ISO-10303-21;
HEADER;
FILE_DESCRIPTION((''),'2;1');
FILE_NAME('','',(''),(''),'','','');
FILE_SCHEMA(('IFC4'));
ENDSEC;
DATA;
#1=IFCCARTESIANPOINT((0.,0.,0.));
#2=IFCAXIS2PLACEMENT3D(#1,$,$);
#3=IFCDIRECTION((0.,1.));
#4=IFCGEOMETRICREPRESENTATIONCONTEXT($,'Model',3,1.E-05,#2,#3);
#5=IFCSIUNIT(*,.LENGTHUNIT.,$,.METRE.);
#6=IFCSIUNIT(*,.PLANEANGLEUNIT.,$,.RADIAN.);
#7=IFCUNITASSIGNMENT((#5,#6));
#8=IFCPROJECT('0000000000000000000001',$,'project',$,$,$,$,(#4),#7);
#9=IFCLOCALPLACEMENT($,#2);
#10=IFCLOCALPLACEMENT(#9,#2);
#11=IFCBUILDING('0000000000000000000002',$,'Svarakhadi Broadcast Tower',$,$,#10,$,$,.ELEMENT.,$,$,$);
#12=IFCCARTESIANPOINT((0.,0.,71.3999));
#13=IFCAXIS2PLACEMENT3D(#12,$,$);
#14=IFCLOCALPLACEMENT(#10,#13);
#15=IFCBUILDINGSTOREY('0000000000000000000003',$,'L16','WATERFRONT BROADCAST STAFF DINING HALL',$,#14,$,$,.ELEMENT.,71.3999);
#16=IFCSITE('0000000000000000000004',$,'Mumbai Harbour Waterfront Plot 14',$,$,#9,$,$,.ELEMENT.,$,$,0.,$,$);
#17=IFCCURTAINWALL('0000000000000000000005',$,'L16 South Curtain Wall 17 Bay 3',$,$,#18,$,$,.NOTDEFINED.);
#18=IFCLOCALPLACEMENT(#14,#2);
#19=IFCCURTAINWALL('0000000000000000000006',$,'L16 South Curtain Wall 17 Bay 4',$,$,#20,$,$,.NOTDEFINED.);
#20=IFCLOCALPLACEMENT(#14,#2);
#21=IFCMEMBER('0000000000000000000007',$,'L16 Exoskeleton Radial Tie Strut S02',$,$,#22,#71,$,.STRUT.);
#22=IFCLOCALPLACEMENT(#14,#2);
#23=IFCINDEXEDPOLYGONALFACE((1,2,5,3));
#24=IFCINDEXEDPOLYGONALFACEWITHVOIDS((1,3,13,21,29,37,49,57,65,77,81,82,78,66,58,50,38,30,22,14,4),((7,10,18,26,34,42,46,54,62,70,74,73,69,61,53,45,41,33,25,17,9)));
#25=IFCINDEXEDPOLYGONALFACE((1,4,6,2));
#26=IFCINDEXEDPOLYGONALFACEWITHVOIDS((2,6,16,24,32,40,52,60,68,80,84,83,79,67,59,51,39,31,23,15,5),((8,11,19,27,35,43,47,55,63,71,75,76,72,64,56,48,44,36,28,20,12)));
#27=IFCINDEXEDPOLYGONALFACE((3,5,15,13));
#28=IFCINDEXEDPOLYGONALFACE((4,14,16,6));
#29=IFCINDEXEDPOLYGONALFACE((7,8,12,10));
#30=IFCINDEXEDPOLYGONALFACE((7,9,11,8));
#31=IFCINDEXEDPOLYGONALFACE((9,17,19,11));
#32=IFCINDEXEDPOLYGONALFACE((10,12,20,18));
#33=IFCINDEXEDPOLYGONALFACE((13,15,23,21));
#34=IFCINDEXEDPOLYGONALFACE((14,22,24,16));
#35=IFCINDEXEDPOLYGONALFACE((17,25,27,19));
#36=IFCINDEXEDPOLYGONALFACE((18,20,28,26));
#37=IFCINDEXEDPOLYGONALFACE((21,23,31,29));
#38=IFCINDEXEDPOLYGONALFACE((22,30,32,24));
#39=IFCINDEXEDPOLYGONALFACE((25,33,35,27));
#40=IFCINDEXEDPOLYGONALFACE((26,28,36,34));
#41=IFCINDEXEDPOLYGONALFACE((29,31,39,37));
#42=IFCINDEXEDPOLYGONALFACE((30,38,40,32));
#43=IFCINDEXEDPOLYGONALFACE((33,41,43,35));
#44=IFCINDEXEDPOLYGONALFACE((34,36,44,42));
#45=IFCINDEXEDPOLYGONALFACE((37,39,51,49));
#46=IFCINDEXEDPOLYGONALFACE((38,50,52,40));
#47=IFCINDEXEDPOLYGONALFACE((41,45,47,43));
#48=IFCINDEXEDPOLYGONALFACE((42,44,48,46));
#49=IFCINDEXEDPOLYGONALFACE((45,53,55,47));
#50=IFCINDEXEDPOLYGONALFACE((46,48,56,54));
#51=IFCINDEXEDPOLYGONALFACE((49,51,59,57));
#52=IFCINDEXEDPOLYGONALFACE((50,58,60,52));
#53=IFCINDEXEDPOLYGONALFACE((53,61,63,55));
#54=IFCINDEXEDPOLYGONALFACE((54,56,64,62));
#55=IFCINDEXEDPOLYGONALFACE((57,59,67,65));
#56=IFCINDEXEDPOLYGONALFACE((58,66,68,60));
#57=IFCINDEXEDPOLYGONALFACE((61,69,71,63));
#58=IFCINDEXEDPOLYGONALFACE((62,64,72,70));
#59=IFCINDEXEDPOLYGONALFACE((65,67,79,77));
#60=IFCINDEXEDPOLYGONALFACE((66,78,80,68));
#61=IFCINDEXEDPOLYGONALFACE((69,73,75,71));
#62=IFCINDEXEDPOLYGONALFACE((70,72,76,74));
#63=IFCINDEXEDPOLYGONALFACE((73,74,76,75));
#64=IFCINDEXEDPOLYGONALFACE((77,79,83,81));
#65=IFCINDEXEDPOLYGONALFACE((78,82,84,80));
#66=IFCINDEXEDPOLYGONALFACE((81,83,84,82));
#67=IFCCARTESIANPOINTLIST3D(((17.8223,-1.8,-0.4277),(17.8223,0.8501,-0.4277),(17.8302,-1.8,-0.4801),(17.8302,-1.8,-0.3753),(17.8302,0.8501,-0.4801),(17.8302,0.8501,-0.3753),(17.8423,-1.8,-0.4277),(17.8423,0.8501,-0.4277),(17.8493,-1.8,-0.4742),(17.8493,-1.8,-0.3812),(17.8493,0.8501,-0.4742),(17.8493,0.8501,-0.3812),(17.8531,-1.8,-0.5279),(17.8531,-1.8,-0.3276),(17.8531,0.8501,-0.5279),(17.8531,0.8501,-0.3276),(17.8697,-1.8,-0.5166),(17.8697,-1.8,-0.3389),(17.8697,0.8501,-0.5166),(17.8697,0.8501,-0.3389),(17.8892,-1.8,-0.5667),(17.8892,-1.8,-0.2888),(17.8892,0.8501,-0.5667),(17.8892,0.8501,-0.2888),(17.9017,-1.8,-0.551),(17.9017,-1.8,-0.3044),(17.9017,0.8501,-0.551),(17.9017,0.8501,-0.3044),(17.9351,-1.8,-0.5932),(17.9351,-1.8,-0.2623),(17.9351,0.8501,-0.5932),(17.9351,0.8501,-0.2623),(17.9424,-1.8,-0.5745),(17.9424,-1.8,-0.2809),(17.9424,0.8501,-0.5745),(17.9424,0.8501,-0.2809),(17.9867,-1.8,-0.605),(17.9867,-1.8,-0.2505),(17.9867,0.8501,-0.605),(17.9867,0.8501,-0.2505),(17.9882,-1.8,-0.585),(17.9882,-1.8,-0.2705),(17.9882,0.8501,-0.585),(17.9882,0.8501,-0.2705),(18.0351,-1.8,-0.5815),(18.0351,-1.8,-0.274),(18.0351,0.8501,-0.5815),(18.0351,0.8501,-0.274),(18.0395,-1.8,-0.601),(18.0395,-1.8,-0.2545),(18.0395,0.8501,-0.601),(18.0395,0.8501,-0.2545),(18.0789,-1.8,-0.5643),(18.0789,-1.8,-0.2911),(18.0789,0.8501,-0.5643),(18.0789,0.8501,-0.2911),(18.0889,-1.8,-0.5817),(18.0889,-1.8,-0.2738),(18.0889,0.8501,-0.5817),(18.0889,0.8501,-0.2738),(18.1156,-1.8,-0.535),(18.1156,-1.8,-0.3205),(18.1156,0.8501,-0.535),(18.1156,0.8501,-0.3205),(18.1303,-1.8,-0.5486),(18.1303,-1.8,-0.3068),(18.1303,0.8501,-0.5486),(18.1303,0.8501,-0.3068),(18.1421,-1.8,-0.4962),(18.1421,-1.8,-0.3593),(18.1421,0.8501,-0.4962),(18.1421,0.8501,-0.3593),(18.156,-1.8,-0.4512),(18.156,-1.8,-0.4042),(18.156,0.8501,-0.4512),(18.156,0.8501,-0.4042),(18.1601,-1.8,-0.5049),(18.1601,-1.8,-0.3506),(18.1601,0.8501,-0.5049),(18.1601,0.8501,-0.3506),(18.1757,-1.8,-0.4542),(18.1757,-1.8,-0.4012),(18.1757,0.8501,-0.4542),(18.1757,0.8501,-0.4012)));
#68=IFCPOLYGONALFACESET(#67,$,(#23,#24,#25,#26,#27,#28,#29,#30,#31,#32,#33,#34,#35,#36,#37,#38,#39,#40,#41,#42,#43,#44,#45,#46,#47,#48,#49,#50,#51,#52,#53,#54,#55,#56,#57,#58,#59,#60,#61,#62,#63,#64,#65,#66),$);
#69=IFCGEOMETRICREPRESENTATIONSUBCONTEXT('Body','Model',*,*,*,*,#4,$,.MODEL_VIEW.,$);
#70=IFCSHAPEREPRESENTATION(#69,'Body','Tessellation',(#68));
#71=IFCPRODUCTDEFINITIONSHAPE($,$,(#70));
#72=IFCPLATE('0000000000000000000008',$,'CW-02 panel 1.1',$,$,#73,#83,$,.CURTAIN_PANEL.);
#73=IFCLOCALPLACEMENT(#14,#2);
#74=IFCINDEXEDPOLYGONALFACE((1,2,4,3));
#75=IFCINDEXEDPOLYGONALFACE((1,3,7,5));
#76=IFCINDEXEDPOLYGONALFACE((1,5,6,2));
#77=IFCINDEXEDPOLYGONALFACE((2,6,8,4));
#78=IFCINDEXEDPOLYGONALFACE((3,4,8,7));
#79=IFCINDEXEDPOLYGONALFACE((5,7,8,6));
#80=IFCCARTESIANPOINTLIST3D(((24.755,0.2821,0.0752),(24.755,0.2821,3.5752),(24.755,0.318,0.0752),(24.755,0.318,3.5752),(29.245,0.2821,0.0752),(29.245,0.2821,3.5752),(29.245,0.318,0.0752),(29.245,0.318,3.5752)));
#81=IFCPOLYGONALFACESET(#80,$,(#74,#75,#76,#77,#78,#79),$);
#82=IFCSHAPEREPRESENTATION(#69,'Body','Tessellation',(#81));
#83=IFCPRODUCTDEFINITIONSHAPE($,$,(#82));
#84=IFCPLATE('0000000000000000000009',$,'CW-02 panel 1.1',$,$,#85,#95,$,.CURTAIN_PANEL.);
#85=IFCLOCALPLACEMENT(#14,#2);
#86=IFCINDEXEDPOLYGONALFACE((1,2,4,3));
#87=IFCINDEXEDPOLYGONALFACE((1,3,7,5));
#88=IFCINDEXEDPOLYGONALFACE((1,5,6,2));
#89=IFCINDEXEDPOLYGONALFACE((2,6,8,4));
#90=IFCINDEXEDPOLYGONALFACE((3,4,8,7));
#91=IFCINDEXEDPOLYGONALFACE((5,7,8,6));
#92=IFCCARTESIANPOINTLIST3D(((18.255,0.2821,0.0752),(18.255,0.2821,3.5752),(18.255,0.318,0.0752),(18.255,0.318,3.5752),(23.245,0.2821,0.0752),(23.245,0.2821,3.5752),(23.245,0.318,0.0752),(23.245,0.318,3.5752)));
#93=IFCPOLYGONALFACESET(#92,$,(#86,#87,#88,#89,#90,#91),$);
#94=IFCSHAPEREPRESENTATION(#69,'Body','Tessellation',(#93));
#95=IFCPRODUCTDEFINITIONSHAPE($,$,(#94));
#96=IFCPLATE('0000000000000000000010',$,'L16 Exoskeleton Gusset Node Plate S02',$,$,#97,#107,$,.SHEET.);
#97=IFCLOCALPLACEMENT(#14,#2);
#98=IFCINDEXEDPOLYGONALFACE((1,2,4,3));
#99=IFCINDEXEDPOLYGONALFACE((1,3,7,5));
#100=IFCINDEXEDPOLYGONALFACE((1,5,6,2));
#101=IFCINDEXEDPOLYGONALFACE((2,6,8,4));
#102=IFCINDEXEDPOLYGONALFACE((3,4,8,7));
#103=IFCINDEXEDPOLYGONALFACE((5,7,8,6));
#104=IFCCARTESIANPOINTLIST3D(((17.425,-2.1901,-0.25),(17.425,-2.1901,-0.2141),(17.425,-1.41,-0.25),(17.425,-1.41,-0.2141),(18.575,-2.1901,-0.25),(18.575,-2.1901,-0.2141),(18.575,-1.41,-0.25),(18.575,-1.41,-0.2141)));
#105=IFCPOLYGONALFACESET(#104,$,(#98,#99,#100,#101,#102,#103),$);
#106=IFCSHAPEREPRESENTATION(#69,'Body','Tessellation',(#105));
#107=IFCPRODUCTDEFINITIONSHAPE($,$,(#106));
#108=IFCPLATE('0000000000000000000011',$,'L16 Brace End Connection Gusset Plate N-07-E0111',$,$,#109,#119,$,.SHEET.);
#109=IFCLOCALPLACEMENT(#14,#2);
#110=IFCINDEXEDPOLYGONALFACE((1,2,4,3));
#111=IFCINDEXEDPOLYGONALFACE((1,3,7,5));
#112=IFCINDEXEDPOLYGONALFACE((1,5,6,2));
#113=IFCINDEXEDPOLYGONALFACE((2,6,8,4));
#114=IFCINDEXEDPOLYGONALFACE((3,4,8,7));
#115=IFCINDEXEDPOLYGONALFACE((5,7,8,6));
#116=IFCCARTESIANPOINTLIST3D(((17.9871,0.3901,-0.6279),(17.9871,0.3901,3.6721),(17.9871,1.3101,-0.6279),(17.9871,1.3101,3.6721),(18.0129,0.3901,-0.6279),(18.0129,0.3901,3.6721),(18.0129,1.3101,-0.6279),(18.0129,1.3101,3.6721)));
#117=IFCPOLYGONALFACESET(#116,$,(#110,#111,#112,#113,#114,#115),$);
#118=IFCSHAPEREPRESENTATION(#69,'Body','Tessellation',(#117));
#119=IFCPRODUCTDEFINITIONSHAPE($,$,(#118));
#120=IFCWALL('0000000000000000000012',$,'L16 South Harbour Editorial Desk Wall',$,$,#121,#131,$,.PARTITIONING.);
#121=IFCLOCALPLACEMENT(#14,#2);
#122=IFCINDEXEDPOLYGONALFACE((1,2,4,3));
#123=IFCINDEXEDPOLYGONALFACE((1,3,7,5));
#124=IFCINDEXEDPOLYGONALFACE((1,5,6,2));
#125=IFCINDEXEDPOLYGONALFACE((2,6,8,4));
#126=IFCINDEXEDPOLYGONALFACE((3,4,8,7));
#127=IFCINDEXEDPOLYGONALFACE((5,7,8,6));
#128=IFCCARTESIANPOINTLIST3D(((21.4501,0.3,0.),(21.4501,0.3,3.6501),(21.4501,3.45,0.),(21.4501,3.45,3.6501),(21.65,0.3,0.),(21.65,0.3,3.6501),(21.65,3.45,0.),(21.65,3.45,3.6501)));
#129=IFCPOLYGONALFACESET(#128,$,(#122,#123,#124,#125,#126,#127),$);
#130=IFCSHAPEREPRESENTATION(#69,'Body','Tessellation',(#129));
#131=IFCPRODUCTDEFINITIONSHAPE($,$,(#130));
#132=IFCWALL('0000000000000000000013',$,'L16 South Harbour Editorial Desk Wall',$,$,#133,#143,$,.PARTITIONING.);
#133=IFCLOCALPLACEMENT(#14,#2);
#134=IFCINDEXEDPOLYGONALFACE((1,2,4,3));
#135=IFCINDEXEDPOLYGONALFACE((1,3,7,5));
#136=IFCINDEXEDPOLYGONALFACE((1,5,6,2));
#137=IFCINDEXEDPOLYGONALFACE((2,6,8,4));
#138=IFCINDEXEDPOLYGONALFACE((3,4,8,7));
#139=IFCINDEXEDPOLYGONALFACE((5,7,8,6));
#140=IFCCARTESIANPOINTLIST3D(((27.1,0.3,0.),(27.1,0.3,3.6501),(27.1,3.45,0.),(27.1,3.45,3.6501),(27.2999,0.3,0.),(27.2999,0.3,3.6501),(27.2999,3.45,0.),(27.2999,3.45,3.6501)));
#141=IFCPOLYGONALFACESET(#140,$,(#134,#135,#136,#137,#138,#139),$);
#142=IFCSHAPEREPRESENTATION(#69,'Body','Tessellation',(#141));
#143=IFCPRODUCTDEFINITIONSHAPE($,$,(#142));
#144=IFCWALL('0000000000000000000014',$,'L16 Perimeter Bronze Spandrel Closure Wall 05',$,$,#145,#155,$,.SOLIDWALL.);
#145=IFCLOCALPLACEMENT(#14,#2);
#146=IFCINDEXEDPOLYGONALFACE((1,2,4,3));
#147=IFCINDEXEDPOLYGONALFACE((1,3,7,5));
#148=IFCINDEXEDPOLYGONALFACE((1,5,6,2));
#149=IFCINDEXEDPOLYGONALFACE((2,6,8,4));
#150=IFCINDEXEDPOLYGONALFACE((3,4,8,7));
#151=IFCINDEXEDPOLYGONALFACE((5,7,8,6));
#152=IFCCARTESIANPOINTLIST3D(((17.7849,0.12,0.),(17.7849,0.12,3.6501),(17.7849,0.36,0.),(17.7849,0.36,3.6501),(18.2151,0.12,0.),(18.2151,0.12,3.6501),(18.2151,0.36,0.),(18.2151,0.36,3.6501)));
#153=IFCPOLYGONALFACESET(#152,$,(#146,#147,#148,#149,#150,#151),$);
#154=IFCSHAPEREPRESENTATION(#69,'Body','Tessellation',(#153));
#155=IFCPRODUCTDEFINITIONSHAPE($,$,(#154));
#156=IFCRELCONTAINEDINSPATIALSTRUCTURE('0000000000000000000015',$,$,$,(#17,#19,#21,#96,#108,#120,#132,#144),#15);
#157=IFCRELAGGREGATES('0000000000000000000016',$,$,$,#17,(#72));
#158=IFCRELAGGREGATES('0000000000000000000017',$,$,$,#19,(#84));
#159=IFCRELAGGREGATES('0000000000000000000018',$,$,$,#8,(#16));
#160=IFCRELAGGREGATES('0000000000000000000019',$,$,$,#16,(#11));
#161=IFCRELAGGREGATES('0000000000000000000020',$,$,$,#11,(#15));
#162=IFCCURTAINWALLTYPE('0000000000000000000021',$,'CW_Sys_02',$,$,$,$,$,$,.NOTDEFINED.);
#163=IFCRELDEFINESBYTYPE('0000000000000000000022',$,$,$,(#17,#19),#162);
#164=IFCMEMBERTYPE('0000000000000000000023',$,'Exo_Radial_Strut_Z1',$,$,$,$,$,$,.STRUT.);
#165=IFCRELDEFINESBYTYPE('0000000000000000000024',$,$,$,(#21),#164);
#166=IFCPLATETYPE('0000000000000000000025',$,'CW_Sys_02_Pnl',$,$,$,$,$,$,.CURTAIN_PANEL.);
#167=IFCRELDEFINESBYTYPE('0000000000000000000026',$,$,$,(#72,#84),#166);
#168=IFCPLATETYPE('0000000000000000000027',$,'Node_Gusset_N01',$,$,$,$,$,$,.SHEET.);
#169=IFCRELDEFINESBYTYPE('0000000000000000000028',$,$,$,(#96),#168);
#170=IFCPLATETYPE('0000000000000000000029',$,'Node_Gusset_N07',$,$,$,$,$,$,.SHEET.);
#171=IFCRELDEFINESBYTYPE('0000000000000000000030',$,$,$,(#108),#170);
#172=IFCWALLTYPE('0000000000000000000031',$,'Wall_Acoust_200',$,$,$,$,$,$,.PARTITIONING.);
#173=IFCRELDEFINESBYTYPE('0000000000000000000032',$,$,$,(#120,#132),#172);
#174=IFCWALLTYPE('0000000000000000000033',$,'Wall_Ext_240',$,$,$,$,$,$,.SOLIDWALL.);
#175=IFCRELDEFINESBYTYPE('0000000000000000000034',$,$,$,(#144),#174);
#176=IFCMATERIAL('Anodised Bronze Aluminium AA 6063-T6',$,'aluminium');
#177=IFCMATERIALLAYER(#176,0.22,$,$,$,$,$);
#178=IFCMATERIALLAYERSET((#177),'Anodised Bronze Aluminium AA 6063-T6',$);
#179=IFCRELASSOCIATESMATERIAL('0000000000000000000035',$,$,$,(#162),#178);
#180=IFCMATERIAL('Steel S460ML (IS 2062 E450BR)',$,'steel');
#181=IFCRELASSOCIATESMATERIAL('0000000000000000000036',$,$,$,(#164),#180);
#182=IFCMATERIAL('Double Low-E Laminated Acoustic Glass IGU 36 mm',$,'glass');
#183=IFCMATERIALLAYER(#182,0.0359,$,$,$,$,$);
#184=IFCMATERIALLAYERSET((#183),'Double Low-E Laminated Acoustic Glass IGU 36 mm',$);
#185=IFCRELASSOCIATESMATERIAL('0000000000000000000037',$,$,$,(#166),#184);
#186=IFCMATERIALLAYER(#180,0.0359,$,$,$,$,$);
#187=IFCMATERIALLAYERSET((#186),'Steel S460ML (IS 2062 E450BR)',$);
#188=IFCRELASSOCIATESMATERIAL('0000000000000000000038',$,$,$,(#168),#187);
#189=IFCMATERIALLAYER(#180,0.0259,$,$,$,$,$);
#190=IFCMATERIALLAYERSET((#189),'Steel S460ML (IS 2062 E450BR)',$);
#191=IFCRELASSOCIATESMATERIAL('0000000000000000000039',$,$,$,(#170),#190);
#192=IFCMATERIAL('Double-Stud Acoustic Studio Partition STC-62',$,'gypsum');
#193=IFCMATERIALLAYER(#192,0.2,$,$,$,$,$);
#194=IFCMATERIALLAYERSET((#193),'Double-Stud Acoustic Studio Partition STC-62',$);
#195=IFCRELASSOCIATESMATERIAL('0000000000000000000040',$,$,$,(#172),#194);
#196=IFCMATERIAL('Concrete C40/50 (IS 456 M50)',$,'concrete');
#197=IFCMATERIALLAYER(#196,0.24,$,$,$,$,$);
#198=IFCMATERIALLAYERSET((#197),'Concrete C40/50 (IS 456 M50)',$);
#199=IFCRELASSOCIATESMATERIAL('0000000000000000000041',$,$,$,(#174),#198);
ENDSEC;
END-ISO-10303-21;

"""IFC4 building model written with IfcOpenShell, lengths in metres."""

from ifc_helpers import new_model, si_unit, direction, frame, frame_2d, origin, origin_2d, place, context, subcontext, project, spatial, rectangle, hollow_circle, extrude, material, layer, layer_set, material_profile, profile_set, type_object, element, aggregate, save


model = new_model("IFC4")

# Units and contexts
model_context = context("Model", 3, precision=1e-05, world=origin(), true_north=direction((0.0, 1.0)))
body_context = subcontext(model_context, "Body", "Model", "MODEL_VIEW")
ifc_project = project(units=[si_unit("LENGTHUNIT", "METRE"), si_unit("PLANEANGLEUNIT", "RADIAN")], contexts=[model_context])

# Site, building, storey
site_placement = place(None, origin())
site = spatial("IfcSite", under=ifc_project, at=site_placement, Name="Mumbai Harbour Waterfront Plot 14", CompositionType="ELEMENT", RefElevation=0.0)
building_placement = place(site_placement, origin())
building = spatial("IfcBuilding", under=site, at=building_placement, Name="Svarakhadi Broadcast Tower", CompositionType="ELEMENT")
storey_placement = place(building_placement, frame((0.0, 0.0, 71.3999)))
storey = spatial("IfcBuildingStorey", under=building, at=storey_placement, Name="L16", Description="WATERFRONT BROADCAST STAFF DINING HALL", CompositionType="ELEMENT", Elevation=71.3999)

# Curtain wall
ifc_material_1 = material(Name="Anodised Bronze Aluminium AA 6063-T6", Category="aluminium")
ifc_layer_1 = layer(ifc_material_1, 0.22)
ifc_layer_set_1 = layer_set([ifc_layer_1], Name="Anodised Bronze Aluminium AA 6063-T6")
curtain_wall_type = type_object("IfcCurtainWallType", Name="CW_Sys_02", PredefinedType="NOTDEFINED", material=ifc_layer_set_1)
curtain_wall_1_placement = place(storey_placement, origin())
curtain_wall_1 = element("IfcCurtainWall", 1, at=curtain_wall_1_placement, inside=storey, type_object=curtain_wall_type, Name="L16 South Curtain Wall 17 Bay 3", PredefinedType="NOTDEFINED")

# Curtain wall
curtain_wall_2_placement = place(storey_placement, origin())
curtain_wall_2 = element("IfcCurtainWall", 2, at=curtain_wall_2_placement, inside=storey, type_object=curtain_wall_type, Name="L16 South Curtain Wall 17 Bay 4", PredefinedType="NOTDEFINED")

# Member
ifc_material_2 = material(Name="Steel S460ML (IS 2062 E450BR)", Category="steel")
ifc_material_profile_1 = material_profile(ifc_material_2, hollow_circle(Radius=0.1777, WallThickness=0.02, at=origin_2d()), Name="CHS 355.6x20")
ifc_profile_set_1 = profile_set([ifc_material_profile_1], Name="Steel S460ML (IS 2062 E450BR)")
member_type_1 = type_object("IfcMemberType", Name="Exo_Radial_Strut_Z1", PredefinedType="STRUT", material=ifc_profile_set_1)
member_1_placement = place(storey_placement, frame((18.0, -1.8, -0.4277), z_axis=(0.0, 1.0, 0.0), x_axis=(-1.0, 0.0, 0.0)))
element("IfcMember", 3, at=member_1_placement, inside=storey, type_object=member_type_1, Name="L16 Exoskeleton Radial Tie Strut S02", PredefinedType="STRUT", context=body_context, shape_type="SweptSolid", body=[
    extrude(hollow_circle(Radius=0.1777, WallThickness=0.02, at=origin_2d()), origin(), (0.0, 0.0, 1.0), 2.6501),
])

# Plates
ifc_material_3 = material(Name="Double Low-E Laminated Acoustic Glass IGU 36 mm", Category="glass")
ifc_layer_2 = layer(ifc_material_3, 0.0359)
ifc_layer_set_2 = layer_set([ifc_layer_2], Name="Double Low-E Laminated Acoustic Glass IGU 36 mm")
plate_type_1 = type_object("IfcPlateType", Name="CW_Sys_02_Pnl", PredefinedType="CURTAIN_PANEL", material=ifc_layer_set_2)
plate_1_placement = place(storey_placement, frame((27.0, 0.3, 0.0752), z_axis=(0.0, 0.0, 1.0), x_axis=(-1.0, 0.0, 0.0)))
plate_1 = element("IfcPlate", 4, at=plate_1_placement, type_object=plate_type_1, Name="CW-02 panel 1.1", PredefinedType="CURTAIN_PANEL", context=body_context, shape_type="SweptSolid", body=[
    extrude(rectangle(XDim=4.49, YDim=0.0359, at=origin_2d()), origin(), (0.0, 0.0, 1.0), 3.5),
])
aggregate(curtain_wall_1, [plate_1])
plate_2_placement = place(storey_placement, frame((20.75, 0.3, 0.0752), z_axis=(0.0, 0.0, 1.0), x_axis=(-1.0, 0.0, 0.0)))
plate_2 = element("IfcPlate", 5, at=plate_2_placement, type_object=plate_type_1, Name="CW-02 panel 1.1", PredefinedType="CURTAIN_PANEL", context=body_context, shape_type="SweptSolid", body=[
    extrude(rectangle(XDim=4.99, YDim=0.0359, at=origin_2d()), origin(), (0.0, 0.0, 1.0), 3.5),
])
aggregate(curtain_wall_2, [plate_2])

# Plates
ifc_layer_3 = layer(ifc_material_2, 0.0359)
ifc_layer_set_3 = layer_set([ifc_layer_3], Name="Steel S460ML (IS 2062 E450BR)")
plate_type_2 = type_object("IfcPlateType", Name="Node_Gusset_N01", PredefinedType="SHEET", material=ifc_layer_set_3)
plate_3_placement = place(storey_placement, frame((18.0, -1.8, -0.25), z_axis=(0.0, 0.0, 1.0), x_axis=(1.0, 0.0, 0.0)))
element("IfcPlate", 6, at=plate_3_placement, inside=storey, type_object=plate_type_2, Name="L16 Exoskeleton Gusset Node Plate S02", PredefinedType="SHEET", context=body_context, shape_type="SweptSolid", body=[
    extrude(rectangle(XDim=1.1499, YDim=0.78, at=origin_2d()), origin(), (0.0, 0.0, 1.0), 0.0359),
])
ifc_layer_4 = layer(ifc_material_2, 0.0259)
ifc_layer_set_4 = layer_set([ifc_layer_4], Name="Steel S460ML (IS 2062 E450BR)")
plate_type_3 = type_object("IfcPlateType", Name="Node_Gusset_N07", PredefinedType="SHEET", material=ifc_layer_set_4)
plate_4_placement = place(storey_placement, frame((18.0, 0.8501, -0.6279), z_axis=(0.0, 0.0, 1.0), x_axis=(0.0, 1.0, 0.0)))
element("IfcPlate", 7, at=plate_4_placement, inside=storey, type_object=plate_type_3, Name="L16 Brace End Connection Gusset Plate N-07-E0111", PredefinedType="SHEET", context=body_context, shape_type="SweptSolid", body=[
    extrude(rectangle(XDim=0.9199, YDim=0.0259, at=origin_2d()), origin(), (0.0, 0.0, 1.0), 4.3),
])

# Walls
ifc_material_4 = material(Name="Double-Stud Acoustic Studio Partition STC-62", Category="gypsum")
ifc_layer_5 = layer(ifc_material_4, 0.2)
ifc_layer_set_5 = layer_set([ifc_layer_5], Name="Double-Stud Acoustic Studio Partition STC-62")
wall_type_1 = type_object("IfcWallType", Name="Wall_Acoust_200", PredefinedType="PARTITIONING", material=ifc_layer_set_5)
for number, where, z_axis, x_axis, name in (
    (8, (21.55, 0.3, 0.0), (0.0, 0.0, 1.0), (0.0, 1.0, 0.0), "L16 South Harbour Editorial Desk Wall"),
    (9, (27.2, 0.3, 0.0), (0.0, 0.0, 1.0), (0.0, 1.0, 0.0), "L16 South Harbour Editorial Desk Wall"),
):
    element("IfcWall", number, at=place(storey_placement, frame(where, z_axis=z_axis, x_axis=x_axis)), inside=storey, type_object=wall_type_1, Name=name, PredefinedType="PARTITIONING", context=body_context, shape_type="SweptSolid", body=[
        extrude(rectangle(XDim=3.1499, YDim=0.2, at=frame_2d((1.575, 0.0))), origin(), (0.0, 0.0, 1.0), 3.6501),
    ])
ifc_material_5 = material(Name="Concrete C40/50 (IS 456 M50)", Category="concrete")
ifc_layer_6 = layer(ifc_material_5, 0.24)
ifc_layer_set_6 = layer_set([ifc_layer_6], Name="Concrete C40/50 (IS 456 M50)")
wall_type_2 = type_object("IfcWallType", Name="Wall_Ext_240", PredefinedType="SOLIDWALL", material=ifc_layer_set_6)
wall_placement = place(storey_placement, frame((18.2151, 0.24, 0.0), z_axis=(0.0, 0.0, 1.0), x_axis=(-1.0, 0.0, 0.0)))
element("IfcWall", 10, at=wall_placement, inside=storey, type_object=wall_type_2, Name="L16 Perimeter Bronze Spandrel Closure Wall 05", PredefinedType="SOLIDWALL", context=body_context, shape_type="SweptSolid", body=[
    extrude(rectangle(XDim=0.4302, YDim=0.24, at=frame_2d((0.2151, 0.0))), origin(), (0.0, 0.0, 1.0), 3.6501),
])

save(model, "model.ifc")
